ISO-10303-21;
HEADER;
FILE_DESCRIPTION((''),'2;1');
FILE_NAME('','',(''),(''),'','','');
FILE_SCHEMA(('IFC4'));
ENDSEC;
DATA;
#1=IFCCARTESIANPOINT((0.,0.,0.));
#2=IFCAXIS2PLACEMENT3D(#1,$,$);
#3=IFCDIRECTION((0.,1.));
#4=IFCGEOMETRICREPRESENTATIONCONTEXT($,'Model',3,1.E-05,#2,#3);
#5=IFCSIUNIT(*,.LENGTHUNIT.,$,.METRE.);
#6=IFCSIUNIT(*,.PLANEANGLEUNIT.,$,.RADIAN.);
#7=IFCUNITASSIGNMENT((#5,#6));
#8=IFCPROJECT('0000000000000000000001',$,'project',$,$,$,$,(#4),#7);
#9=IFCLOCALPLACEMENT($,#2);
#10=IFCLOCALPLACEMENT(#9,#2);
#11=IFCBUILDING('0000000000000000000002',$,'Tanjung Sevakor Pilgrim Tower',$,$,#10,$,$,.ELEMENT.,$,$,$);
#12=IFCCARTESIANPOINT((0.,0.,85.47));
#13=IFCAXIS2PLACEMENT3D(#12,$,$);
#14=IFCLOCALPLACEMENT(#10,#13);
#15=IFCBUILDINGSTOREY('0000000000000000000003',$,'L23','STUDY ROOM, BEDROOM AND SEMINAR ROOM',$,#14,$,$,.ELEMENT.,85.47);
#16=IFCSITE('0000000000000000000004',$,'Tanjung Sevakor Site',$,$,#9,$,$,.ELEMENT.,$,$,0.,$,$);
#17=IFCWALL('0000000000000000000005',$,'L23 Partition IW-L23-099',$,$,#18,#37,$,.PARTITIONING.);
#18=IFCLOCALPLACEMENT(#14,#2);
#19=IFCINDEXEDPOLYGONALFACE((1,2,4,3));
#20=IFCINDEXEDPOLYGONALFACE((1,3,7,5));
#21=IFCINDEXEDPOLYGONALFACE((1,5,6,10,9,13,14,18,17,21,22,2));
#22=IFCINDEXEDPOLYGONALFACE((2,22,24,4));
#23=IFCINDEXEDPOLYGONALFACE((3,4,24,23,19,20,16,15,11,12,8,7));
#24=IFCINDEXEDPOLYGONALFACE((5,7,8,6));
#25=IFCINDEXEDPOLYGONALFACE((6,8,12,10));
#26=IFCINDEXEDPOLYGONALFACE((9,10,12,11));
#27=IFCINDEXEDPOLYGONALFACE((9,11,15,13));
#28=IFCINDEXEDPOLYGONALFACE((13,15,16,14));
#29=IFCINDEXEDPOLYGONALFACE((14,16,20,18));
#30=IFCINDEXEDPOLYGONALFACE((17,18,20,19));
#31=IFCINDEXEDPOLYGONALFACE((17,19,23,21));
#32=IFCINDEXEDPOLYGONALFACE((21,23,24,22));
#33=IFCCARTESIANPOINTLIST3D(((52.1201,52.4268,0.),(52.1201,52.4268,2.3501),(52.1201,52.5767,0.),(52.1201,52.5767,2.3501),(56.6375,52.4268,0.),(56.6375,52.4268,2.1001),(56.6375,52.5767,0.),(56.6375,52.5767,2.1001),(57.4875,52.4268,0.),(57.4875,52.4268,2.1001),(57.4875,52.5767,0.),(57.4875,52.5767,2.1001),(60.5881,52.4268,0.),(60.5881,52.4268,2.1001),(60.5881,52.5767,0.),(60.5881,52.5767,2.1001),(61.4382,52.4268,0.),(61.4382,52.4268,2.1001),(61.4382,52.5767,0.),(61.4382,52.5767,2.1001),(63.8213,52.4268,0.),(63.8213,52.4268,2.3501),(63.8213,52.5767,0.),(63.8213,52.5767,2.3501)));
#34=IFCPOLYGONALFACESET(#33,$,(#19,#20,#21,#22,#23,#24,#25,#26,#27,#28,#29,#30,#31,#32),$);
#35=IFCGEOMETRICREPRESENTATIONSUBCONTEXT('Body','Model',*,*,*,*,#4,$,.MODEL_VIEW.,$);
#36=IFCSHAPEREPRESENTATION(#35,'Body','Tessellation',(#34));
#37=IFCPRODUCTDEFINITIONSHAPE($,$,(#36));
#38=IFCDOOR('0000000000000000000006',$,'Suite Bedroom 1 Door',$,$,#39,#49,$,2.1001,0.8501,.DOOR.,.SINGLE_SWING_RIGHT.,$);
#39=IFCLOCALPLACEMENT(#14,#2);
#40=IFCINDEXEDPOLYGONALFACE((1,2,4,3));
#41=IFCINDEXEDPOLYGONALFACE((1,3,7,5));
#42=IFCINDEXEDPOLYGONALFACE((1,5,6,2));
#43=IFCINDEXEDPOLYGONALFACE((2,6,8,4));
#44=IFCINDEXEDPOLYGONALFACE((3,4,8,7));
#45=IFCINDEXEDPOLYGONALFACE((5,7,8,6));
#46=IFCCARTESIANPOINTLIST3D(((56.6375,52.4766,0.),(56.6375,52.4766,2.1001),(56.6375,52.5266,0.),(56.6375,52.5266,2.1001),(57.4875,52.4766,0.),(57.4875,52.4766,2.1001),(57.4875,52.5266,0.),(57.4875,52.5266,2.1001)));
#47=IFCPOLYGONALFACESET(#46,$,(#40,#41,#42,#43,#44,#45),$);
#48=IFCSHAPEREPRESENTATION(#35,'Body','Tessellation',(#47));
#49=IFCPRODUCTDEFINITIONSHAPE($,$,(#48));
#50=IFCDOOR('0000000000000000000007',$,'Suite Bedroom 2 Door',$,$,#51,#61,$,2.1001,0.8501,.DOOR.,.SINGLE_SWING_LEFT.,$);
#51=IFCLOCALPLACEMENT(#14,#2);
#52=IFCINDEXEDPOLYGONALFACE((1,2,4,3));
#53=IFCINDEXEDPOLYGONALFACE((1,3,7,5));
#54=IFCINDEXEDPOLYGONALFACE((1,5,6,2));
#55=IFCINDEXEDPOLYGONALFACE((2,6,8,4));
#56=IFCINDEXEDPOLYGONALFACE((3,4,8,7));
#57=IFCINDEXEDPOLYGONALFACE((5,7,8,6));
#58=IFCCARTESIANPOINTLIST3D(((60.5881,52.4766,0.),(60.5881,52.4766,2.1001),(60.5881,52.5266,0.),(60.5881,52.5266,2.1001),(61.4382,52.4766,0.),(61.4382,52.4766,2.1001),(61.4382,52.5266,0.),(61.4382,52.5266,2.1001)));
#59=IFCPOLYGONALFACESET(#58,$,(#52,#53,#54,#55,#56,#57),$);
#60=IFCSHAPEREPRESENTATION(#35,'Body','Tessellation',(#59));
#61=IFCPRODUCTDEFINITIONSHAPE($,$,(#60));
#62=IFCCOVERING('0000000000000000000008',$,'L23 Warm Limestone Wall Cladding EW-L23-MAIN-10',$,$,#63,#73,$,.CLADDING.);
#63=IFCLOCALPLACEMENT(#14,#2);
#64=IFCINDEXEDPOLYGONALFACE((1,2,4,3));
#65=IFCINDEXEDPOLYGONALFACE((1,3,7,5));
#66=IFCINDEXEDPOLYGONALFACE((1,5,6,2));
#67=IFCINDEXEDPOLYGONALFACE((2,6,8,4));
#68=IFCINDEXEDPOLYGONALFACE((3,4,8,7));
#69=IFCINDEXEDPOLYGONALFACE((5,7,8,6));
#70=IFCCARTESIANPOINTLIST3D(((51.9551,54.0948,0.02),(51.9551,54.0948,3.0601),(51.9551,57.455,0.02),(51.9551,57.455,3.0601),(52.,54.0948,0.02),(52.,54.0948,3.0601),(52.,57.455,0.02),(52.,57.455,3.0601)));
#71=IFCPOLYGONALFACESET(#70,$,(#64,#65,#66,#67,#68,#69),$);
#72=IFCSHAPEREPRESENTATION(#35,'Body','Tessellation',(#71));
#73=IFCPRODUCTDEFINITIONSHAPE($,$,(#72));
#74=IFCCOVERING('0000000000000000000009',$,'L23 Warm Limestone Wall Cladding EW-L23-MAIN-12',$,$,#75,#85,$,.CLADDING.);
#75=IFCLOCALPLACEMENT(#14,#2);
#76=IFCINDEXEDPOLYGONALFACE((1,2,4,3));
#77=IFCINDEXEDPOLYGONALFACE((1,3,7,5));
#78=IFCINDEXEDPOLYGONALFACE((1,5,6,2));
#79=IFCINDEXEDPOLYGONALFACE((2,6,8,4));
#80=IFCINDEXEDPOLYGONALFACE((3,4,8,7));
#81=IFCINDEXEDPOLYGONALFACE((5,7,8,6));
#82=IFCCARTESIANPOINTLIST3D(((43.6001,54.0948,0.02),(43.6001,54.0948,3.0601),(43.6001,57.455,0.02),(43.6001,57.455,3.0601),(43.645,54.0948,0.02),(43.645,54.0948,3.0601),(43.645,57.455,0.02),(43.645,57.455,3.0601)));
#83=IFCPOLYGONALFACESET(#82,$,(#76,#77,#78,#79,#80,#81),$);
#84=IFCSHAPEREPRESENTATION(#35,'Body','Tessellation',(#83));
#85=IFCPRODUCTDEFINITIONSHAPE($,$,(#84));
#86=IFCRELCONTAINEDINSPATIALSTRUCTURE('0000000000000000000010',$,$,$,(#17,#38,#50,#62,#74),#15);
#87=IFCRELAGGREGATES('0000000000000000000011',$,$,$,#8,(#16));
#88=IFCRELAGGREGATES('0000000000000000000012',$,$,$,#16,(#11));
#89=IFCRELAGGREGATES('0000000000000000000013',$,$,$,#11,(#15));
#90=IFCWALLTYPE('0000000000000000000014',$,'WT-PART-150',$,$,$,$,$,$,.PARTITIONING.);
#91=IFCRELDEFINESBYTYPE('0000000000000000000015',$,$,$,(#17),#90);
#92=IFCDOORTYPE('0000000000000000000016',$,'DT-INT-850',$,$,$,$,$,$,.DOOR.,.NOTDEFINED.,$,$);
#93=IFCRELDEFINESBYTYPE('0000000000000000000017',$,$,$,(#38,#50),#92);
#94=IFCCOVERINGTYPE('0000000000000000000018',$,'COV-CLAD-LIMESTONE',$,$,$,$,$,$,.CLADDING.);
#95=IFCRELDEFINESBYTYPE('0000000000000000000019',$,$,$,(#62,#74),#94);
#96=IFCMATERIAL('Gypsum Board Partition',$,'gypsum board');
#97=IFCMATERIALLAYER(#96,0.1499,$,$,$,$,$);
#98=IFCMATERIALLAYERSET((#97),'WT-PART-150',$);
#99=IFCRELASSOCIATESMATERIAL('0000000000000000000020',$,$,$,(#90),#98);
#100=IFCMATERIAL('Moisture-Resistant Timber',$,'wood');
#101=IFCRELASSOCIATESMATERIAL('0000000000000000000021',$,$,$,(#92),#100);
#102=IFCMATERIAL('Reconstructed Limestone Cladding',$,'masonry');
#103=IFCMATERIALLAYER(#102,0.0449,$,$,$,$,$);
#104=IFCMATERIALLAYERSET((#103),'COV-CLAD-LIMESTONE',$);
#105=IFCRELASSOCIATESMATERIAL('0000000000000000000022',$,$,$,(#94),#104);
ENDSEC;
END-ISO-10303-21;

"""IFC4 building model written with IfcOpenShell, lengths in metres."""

from ifc_helpers import new_model, si_unit, direction, frame, frame_2d, origin, origin_2d, place, context, subcontext, project, spatial, rectangle, extrude, material, layer, layer_set, type_object, element, fill, save


model = new_model("IFC4")

# Units and contexts
model_context = context("Model", 3, precision=1e-05, world=origin(), true_north=direction((0.0, 1.0)))
body_context = subcontext(model_context, "Body", "Model", "MODEL_VIEW")
ifc_project = project(units=[si_unit("LENGTHUNIT", "METRE"), si_unit("PLANEANGLEUNIT", "RADIAN")], contexts=[model_context])

# Site, building, storey
site_placement = place(None, origin())
site = spatial("IfcSite", under=ifc_project, at=site_placement, Name="Tanjung Sevakor Site", CompositionType="ELEMENT", RefElevation=0.0)
building_placement = place(site_placement, origin())
building = spatial("IfcBuilding", under=site, at=building_placement, Name="Tanjung Sevakor Pilgrim Tower", CompositionType="ELEMENT")
storey_placement = place(building_placement, frame((0.0, 0.0, 85.47)))
storey = spatial("IfcBuildingStorey", under=building, at=storey_placement, Name="L23", Description="STUDY ROOM, BEDROOM AND SEMINAR ROOM", CompositionType="ELEMENT", Elevation=85.47)

# Shared definitions
ifc_material_1 = material(Name="Gypsum Board Partition", Category="gypsum board")
ifc_layer_1 = layer(ifc_material_1, 0.1499)
ifc_layer_set_1 = layer_set([ifc_layer_1], Name="WT-PART-150")
wall_type_1 = type_object("IfcWallType", Name="WT-PART-150", PredefinedType="PARTITIONING", material=ifc_layer_set_1)

# Wall, openings, doors
wall_1_placement = place(storey_placement, frame((52.1201, 52.5017, 0.0), z_axis=(0.0, 0.0, 1.0), x_axis=(1.0, 0.0, 0.0)))
wall_1 = element("IfcWall", 1, at=wall_1_placement, inside=storey, type_object=wall_type_1, Name="L23 Partition IW-L23-099", PredefinedType="PARTITIONING", context=body_context, shape_type="SweptSolid", body=[
    extrude(rectangle(XDim=11.7012, YDim=0.1499, at=frame_2d((5.8506, 0.0))), origin(), (0.0, 0.0, 1.0), 2.3501),
])
opening_1_placement = place(wall_1_placement, frame((4.5173, 0.0, 0.0)))
opening_1 = element("IfcOpeningElement", 2, at=opening_1_placement, cuts=wall_1, PredefinedType="OPENING", context=body_context, shape_type="SweptSolid", body=[
    extrude(rectangle(XDim=0.8501, YDim=2.1001, at=frame_2d((0.425, 1.05))), frame((0.0, 0.085, 0.0), z_axis=(0.0, -1.0, 0.0), x_axis=(1.0, 0.0, 0.0)), (0.0, 0.0, 1.0), 0.1699),
])
opening_2_placement = place(wall_1_placement, frame((8.468, 0.0, 0.0)))
opening_2 = element("IfcOpeningElement", 3, at=opening_2_placement, cuts=wall_1, PredefinedType="OPENING", context=body_context, shape_type="SweptSolid", body=[
    extrude(rectangle(XDim=0.8501, YDim=2.1001, at=frame_2d((0.425, 1.05))), frame((0.0, 0.085, 0.0), z_axis=(0.0, -1.0, 0.0), x_axis=(1.0, 0.0, 0.0)), (0.0, 0.0, 1.0), 0.1699),
])
ifc_material_2 = material(Name="Moisture-Resistant Timber", Category="wood")
door_type_1 = type_object("IfcDoorType", Name="DT-INT-850", OperationType="NOTDEFINED", PredefinedType="DOOR", material=ifc_material_2)
door_1_placement = place(opening_1_placement, origin())
door_1 = element("IfcDoor", 4, at=door_1_placement, inside=storey, type_object=door_type_1, Name="Suite Bedroom 1 Door", OperationType="SINGLE_SWING_RIGHT", OverallHeight=2.1001, OverallWidth=0.8501, PredefinedType="DOOR", context=body_context, shape_type="SweptSolid", body=[
    extrude(rectangle(XDim=0.8501, YDim=2.1001, at=frame_2d((0.425, 1.05))), frame((0.0, 0.0249, 0.0), z_axis=(0.0, -1.0, 0.0), x_axis=(1.0, 0.0, 0.0)), (0.0, 0.0, 1.0), 0.05),
])
fill(opening_1, door_1)
door_2_placement = place(opening_2_placement, origin())
door_2 = element("IfcDoor", 5, at=door_2_placement, inside=storey, type_object=door_type_1, Name="Suite Bedroom 2 Door", OperationType="SINGLE_SWING_LEFT", OverallHeight=2.1001, OverallWidth=0.8501, PredefinedType="DOOR", context=body_context, shape_type="SweptSolid", body=[
    extrude(rectangle(XDim=0.8501, YDim=2.1001, at=frame_2d((0.425, 1.05))), frame((0.0, 0.0249, 0.0), z_axis=(0.0, -1.0, 0.0), x_axis=(1.0, 0.0, 0.0)), (0.0, 0.0, 1.0), 0.05),
])
fill(opening_2, door_2)

# Coverings
ifc_material_3 = material(Name="Reconstructed Limestone Cladding", Category="masonry")
ifc_layer_2 = layer(ifc_material_3, 0.0449)
ifc_layer_set_2 = layer_set([ifc_layer_2], Name="COV-CLAD-LIMESTONE")
covering_type = type_object("IfcCoveringType", Name="COV-CLAD-LIMESTONE", PredefinedType="CLADDING", material=ifc_layer_set_2)
for number, where, z_axis, x_axis, name in (
    (6, (51.9775, 55.7749, 0.02), (0.0, 0.0, 1.0), (0.0, -1.0, 0.0), "L23 Warm Limestone Wall Cladding EW-L23-MAIN-10"),
    (7, (43.6226, 55.7749, 0.02), (0.0, 0.0, 1.0), (0.0, 1.0, 0.0), "L23 Warm Limestone Wall Cladding EW-L23-MAIN-12"),
):
    element("IfcCovering", number, at=place(storey_placement, frame(where, z_axis=z_axis, x_axis=x_axis)), inside=storey, type_object=covering_type, Name=name, PredefinedType="CLADDING", context=body_context, shape_type="SweptSolid", body=[
        extrude(rectangle(XDim=3.3601, YDim=0.0449, at=origin_2d()), origin(), (0.0, 0.0, 1.0), 3.04),
    ])

save(model, "model.ifc")
